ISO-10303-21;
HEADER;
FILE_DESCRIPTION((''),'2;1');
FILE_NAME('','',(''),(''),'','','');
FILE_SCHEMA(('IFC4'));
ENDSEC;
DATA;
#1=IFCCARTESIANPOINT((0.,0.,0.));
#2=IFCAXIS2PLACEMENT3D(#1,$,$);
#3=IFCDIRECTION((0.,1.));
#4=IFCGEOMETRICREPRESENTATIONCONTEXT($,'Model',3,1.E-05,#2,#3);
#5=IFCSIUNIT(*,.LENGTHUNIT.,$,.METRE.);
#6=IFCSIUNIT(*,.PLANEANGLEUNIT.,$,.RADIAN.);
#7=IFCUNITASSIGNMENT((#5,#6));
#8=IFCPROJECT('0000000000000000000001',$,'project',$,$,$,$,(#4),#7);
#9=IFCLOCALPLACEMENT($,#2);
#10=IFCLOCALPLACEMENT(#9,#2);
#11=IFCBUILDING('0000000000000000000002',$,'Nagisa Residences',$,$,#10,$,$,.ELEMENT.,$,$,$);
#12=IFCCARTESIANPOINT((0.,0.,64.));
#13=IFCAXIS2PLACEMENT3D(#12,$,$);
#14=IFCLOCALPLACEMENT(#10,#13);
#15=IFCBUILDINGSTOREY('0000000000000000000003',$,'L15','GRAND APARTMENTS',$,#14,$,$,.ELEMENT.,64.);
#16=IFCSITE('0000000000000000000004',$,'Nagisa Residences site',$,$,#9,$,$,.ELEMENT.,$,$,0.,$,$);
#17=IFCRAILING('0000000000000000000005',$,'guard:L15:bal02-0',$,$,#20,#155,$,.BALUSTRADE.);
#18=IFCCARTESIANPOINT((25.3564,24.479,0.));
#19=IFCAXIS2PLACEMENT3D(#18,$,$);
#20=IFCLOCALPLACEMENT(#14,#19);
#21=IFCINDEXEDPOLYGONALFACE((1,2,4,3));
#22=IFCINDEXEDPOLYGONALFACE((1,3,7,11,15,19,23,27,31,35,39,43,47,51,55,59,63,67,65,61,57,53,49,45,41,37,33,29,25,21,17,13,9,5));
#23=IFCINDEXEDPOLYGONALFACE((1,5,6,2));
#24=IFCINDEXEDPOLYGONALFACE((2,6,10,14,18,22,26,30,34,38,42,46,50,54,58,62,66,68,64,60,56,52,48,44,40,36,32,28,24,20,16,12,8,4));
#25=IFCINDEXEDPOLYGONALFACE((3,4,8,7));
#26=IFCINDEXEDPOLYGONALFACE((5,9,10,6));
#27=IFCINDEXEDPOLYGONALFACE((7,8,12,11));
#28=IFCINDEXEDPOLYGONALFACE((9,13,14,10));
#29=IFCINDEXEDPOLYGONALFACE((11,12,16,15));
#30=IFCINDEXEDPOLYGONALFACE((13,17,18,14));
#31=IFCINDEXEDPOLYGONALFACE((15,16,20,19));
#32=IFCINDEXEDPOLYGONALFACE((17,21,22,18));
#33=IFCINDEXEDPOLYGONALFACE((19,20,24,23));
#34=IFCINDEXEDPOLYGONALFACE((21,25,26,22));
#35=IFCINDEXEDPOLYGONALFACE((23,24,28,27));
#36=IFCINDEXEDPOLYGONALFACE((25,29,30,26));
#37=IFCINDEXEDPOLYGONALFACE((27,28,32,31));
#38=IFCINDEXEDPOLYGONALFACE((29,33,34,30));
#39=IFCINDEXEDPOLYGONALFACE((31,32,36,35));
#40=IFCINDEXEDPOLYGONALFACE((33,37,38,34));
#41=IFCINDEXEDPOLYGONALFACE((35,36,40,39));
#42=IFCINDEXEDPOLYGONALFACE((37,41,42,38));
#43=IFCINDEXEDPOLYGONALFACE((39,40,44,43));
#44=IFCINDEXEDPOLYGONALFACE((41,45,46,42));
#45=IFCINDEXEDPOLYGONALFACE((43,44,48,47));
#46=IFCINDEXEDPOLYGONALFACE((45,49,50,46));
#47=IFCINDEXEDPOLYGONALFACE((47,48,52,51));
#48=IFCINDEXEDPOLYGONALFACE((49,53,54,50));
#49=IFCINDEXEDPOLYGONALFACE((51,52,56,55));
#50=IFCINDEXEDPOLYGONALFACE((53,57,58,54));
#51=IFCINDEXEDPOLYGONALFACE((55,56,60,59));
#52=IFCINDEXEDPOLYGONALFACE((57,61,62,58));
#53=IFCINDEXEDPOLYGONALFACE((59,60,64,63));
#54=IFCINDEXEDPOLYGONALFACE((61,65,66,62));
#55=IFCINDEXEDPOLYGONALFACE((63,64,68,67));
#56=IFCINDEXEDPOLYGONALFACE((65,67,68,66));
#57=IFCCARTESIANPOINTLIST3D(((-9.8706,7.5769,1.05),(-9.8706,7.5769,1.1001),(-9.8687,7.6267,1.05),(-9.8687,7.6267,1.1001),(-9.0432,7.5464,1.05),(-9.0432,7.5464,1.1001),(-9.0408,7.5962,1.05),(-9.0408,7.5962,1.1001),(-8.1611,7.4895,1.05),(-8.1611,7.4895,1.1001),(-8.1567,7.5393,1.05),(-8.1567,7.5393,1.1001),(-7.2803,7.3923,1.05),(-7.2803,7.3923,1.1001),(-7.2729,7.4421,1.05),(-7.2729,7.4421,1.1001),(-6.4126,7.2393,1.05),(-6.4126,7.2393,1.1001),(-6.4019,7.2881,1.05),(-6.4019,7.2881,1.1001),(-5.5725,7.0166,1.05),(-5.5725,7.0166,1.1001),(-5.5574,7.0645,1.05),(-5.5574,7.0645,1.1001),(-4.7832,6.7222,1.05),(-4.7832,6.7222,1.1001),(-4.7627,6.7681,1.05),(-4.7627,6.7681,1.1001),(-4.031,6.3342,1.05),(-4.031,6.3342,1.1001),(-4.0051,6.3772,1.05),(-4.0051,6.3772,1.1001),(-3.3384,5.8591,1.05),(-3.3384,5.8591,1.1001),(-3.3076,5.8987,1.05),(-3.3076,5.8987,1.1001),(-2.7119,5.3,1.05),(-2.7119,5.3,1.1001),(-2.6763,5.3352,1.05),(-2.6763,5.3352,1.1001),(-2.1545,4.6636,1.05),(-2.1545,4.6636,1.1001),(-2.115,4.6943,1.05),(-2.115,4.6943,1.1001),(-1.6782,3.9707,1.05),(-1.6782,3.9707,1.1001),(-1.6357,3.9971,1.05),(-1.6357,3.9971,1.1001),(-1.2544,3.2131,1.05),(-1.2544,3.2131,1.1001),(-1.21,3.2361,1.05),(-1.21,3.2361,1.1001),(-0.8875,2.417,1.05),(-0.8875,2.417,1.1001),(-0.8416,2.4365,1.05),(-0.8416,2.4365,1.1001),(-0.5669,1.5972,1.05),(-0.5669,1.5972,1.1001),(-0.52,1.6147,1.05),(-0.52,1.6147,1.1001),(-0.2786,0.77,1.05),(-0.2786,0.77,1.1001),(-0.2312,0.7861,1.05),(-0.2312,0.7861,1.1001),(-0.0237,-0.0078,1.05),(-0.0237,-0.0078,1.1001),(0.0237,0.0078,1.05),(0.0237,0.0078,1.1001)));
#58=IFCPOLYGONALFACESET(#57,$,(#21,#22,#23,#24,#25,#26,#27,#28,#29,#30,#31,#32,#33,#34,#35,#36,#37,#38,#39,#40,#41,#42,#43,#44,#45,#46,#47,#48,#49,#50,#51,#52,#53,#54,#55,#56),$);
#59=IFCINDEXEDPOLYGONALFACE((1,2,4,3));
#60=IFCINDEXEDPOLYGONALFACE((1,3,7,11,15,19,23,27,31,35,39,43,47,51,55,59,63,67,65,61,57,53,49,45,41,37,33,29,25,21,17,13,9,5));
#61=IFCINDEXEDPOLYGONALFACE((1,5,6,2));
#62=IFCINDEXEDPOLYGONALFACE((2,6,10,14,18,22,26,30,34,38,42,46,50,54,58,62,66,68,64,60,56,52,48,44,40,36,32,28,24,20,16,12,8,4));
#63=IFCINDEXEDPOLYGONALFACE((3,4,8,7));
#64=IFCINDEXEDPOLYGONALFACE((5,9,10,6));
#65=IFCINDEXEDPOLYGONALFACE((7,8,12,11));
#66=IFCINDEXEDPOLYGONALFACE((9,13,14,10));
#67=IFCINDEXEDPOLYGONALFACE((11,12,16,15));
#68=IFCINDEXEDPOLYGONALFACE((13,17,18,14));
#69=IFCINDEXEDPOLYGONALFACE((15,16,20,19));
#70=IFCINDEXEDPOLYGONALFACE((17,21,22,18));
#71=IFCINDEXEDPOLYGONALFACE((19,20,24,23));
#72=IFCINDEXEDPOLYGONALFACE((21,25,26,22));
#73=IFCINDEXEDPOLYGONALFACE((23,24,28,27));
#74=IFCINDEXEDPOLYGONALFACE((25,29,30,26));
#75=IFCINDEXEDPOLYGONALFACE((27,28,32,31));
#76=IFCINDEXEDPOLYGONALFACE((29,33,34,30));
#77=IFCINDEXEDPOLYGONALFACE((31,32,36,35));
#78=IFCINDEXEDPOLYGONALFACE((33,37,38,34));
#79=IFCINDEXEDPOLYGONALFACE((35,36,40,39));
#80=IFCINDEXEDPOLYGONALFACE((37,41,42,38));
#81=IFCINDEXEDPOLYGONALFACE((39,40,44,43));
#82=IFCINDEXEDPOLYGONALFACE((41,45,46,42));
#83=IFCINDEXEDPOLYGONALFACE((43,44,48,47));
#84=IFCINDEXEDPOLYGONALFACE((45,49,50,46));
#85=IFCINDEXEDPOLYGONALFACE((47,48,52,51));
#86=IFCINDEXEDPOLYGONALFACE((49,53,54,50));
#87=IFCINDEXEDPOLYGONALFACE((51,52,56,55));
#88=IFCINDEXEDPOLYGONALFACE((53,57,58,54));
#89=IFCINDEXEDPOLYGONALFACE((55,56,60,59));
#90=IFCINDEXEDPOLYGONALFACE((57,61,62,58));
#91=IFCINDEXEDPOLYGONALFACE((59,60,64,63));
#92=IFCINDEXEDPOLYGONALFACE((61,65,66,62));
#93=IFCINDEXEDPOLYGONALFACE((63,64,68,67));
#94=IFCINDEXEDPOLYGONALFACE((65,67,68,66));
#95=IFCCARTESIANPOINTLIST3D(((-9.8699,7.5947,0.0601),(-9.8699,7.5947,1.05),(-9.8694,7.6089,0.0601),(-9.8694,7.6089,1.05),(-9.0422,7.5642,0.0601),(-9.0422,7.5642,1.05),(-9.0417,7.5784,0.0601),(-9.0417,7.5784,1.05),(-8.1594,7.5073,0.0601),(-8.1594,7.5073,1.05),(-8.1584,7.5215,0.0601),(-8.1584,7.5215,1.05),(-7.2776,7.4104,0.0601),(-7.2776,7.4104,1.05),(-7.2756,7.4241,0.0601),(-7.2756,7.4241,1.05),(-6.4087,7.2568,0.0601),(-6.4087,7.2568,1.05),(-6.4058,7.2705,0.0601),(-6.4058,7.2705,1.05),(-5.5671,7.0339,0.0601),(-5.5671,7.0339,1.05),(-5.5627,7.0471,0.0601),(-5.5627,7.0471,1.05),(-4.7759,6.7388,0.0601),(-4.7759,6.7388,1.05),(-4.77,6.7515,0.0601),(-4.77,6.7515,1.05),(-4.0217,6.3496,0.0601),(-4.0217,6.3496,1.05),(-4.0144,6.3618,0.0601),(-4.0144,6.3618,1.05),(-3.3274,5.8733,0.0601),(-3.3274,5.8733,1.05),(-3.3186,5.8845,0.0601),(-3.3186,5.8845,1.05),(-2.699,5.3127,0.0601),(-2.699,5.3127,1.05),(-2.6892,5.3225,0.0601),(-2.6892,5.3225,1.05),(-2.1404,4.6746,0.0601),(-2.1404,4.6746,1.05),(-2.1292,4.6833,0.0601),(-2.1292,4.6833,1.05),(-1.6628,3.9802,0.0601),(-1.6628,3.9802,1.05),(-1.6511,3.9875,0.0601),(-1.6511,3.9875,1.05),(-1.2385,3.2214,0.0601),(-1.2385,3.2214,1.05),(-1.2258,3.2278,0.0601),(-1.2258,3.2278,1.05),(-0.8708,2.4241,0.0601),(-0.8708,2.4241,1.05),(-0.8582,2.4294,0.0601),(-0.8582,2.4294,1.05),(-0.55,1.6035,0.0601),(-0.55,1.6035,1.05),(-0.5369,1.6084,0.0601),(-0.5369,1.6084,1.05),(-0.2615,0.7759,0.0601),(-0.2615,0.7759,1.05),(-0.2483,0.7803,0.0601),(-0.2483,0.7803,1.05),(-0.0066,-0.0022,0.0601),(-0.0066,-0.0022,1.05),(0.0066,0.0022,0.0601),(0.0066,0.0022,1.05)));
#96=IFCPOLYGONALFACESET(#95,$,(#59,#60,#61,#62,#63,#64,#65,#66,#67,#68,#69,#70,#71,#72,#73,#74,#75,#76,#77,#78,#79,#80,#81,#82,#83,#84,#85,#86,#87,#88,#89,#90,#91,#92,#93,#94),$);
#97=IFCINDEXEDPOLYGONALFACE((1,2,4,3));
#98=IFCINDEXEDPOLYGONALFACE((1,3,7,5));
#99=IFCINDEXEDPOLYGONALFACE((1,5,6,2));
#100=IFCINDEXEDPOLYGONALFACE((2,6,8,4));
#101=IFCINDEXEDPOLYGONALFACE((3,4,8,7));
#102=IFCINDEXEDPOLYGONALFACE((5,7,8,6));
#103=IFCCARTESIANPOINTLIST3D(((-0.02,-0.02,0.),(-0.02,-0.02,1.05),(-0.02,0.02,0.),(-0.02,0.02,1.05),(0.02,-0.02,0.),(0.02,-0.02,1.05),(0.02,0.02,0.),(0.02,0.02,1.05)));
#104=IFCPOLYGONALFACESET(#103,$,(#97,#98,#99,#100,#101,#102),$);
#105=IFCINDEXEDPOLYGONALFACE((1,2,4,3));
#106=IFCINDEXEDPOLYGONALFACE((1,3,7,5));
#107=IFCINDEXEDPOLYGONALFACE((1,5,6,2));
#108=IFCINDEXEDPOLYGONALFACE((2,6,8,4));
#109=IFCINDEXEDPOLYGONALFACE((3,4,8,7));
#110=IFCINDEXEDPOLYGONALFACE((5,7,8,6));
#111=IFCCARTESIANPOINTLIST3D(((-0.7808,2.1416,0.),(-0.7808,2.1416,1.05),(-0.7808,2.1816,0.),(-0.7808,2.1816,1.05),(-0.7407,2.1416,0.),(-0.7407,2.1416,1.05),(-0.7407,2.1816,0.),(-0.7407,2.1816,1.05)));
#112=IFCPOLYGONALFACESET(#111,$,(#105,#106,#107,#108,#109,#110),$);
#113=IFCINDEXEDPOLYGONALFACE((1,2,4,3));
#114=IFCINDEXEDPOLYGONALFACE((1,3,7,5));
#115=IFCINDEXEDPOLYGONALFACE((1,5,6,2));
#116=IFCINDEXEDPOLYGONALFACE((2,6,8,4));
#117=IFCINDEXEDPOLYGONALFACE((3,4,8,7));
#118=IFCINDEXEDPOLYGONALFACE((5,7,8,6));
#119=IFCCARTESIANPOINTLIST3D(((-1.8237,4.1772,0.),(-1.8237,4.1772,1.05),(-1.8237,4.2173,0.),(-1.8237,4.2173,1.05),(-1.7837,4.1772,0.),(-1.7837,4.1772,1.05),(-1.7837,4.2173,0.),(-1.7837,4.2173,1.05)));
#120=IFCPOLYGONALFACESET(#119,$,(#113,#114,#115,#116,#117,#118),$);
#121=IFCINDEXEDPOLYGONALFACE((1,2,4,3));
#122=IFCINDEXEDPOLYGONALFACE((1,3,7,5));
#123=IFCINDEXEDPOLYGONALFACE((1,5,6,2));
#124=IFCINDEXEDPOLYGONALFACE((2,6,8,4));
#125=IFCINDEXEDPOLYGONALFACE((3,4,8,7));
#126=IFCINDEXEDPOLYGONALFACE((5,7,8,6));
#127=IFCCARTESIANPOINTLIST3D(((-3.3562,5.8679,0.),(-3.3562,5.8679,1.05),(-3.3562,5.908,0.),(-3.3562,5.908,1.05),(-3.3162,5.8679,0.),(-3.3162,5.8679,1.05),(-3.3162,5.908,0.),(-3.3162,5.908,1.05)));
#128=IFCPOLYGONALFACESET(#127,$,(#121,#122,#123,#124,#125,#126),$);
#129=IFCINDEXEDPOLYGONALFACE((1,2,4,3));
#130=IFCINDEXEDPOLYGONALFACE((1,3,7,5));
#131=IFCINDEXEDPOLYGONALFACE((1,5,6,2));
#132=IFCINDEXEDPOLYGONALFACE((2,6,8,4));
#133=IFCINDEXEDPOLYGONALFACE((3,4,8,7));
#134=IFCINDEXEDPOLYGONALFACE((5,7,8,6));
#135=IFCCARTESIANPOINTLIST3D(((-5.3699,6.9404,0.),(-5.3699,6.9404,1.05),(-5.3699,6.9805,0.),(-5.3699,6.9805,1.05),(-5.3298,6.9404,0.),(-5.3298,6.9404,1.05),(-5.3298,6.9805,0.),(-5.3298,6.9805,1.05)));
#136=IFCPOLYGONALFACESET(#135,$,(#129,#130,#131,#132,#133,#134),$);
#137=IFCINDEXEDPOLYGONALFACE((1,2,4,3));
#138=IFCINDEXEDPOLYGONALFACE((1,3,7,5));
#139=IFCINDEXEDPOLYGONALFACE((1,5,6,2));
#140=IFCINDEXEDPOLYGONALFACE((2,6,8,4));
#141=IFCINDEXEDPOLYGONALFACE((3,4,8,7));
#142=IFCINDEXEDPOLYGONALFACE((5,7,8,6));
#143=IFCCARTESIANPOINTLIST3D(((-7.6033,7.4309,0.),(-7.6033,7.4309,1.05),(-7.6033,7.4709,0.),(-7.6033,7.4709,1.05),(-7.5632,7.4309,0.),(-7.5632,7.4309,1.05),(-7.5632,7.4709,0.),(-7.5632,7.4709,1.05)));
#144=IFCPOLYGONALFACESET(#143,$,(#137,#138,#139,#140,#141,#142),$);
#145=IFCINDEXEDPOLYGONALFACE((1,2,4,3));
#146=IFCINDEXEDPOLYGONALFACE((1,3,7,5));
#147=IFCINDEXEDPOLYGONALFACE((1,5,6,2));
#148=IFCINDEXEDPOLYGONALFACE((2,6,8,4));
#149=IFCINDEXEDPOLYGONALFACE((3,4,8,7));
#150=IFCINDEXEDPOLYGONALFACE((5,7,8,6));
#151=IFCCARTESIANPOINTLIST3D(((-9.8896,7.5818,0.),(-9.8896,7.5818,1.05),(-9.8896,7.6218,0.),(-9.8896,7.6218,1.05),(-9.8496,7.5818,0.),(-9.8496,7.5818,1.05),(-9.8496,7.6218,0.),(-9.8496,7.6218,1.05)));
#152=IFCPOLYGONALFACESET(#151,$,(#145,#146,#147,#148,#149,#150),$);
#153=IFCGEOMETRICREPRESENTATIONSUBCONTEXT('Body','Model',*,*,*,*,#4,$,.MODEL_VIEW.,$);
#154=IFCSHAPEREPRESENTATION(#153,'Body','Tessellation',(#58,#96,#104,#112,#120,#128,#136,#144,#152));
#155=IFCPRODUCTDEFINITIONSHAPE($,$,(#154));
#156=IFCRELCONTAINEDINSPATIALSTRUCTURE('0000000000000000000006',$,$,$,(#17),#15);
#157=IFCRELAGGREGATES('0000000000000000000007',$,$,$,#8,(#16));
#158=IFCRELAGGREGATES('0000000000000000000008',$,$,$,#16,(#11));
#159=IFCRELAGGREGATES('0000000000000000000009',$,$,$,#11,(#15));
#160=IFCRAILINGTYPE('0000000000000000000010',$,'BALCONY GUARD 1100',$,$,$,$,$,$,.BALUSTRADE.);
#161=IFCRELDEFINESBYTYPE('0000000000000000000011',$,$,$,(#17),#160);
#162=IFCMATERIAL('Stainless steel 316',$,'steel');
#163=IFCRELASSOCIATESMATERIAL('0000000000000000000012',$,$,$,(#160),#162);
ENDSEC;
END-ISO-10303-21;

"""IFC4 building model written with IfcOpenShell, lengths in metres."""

from ifc_helpers import new_model, si_unit, direction, frame, origin, origin_2d, place, context, subcontext, project, spatial, polyline, rectangle, outline, extrude, material, type_object, element, save


model = new_model("IFC4")

# Units and contexts
model_context = context("Model", 3, precision=1e-05, world=origin(), true_north=direction((0.0, 1.0)))
body_context = subcontext(model_context, "Body", "Model", "MODEL_VIEW")
ifc_project = project(units=[si_unit("LENGTHUNIT", "METRE"), si_unit("PLANEANGLEUNIT", "RADIAN")], contexts=[model_context])

# Site, building, storey
site_placement = place(None, origin())
site = spatial("IfcSite", under=ifc_project, at=site_placement, Name="Nagisa Residences site", CompositionType="ELEMENT", RefElevation=0.0)
building_placement = place(site_placement, origin())
building = spatial("IfcBuilding", under=site, at=building_placement, Name="Nagisa Residences", CompositionType="ELEMENT")
storey_placement = place(building_placement, frame((0.0, 0.0, 64.0)))
storey = spatial("IfcBuildingStorey", under=building, at=storey_placement, Name="L15", Description="GRAND APARTMENTS", CompositionType="ELEMENT", Elevation=64.0)

# Railing
ifc_material_1 = material(Name="Stainless steel 316", Category="steel")
railing_type = type_object("IfcRailingType", Name="BALCONY GUARD 1100", PredefinedType="BALUSTRADE", material=ifc_material_1)
railing_placement = place(storey_placement, frame((25.3564, 24.479, 0.0)))
element("IfcRailing", 1, at=railing_placement, inside=storey, type_object=railing_type, Name="guard:L15:bal02-0", PredefinedType="BALUSTRADE", context=body_context, shape_type="SweptSolid", body=[
    extrude(outline(polyline([(-0.2786, 0.77), (-0.0237, -0.0078), (0.0237, 0.0078), (-0.2312, 0.7861), (-0.52, 1.6147), (-0.8416, 2.4365), (-1.21, 3.2361), (-1.6357, 3.9971), (-2.115, 4.6943), (-2.6763, 5.3352), (-3.3076, 5.8987), (-4.0051, 6.3772), (-4.7627, 6.7681), (-5.5574, 7.0645), (-6.4019, 7.2881), (-7.2729, 7.4421), (-8.1567, 7.5393), (-9.0408, 7.5962), (-9.8687, 7.6267), (-9.8706, 7.5769), (-9.0432, 7.5464), (-8.1611, 7.4895), (-7.2803, 7.3923), (-6.4126, 7.2393), (-5.5725, 7.0166), (-4.7832, 6.7222), (-4.031, 6.3342), (-3.3384, 5.8591), (-2.7119, 5.3), (-2.1545, 4.6636), (-1.6782, 3.9707), (-1.2544, 3.2131), (-0.8875, 2.417), (-0.5669, 1.5972), (-0.2786, 0.77)])), frame((0.0, 0.0, 1.05)), (0.0, 0.0, 1.0), 0.05),
    extrude(outline(polyline([(-0.2615, 0.7759), (-0.0066, -0.0022), (0.0066, 0.0022), (-0.2483, 0.7803), (-0.5369, 1.6084), (-0.8582, 2.4294), (-1.2258, 3.2278), (-1.6511, 3.9875), (-2.1292, 4.6833), (-2.6892, 5.3225), (-3.3186, 5.8845), (-4.0144, 6.3618), (-4.77, 6.7515), (-5.5627, 7.0471), (-6.4058, 7.2705), (-7.2756, 7.4241), (-8.1584, 7.5215), (-9.0417, 7.5784), (-9.8694, 7.6089), (-9.8699, 7.5947), (-9.0422, 7.5642), (-8.1594, 7.5073), (-7.2776, 7.4104), (-6.4087, 7.2568), (-5.5671, 7.0339), (-4.7759, 6.7388), (-4.0217, 6.3496), (-3.3274, 5.8733), (-2.699, 5.3127), (-2.1404, 4.6746), (-1.6628, 3.9802), (-1.2385, 3.2214), (-0.8708, 2.4241), (-0.55, 1.6035), (-0.2615, 0.7759)])), frame((0.0, 0.0, 0.0601)), (0.0, 0.0, 1.0), 0.99),
    extrude(rectangle(XDim=0.04, YDim=0.04, at=origin_2d()), origin(), (0.0, 0.0, 1.0), 1.05),
    extrude(rectangle(XDim=0.04, YDim=0.04, at=origin_2d()), frame((-0.7607, 2.1616, 0.0)), (0.0, 0.0, 1.0), 1.05),
    extrude(rectangle(XDim=0.04, YDim=0.04, at=origin_2d()), frame((-1.8037, 4.1973, 0.0)), (0.0, 0.0, 1.0), 1.05),
    extrude(rectangle(XDim=0.04, YDim=0.04, at=origin_2d()), frame((-3.3362, 5.8879, 0.0)), (0.0, 0.0, 1.0), 1.05),
    extrude(rectangle(XDim=0.04, YDim=0.04, at=origin_2d()), frame((-5.3499, 6.9604, 0.0)), (0.0, 0.0, 1.0), 1.05),
    extrude(rectangle(XDim=0.04, YDim=0.04, at=origin_2d()), frame((-7.5833, 7.4509, 0.0)), (0.0, 0.0, 1.0), 1.05),
    extrude(rectangle(XDim=0.04, YDim=0.04, at=origin_2d()), frame((-9.8696, 7.6018, 0.0)), (0.0, 0.0, 1.0), 1.05),
])

save(model, "model.ifc")
